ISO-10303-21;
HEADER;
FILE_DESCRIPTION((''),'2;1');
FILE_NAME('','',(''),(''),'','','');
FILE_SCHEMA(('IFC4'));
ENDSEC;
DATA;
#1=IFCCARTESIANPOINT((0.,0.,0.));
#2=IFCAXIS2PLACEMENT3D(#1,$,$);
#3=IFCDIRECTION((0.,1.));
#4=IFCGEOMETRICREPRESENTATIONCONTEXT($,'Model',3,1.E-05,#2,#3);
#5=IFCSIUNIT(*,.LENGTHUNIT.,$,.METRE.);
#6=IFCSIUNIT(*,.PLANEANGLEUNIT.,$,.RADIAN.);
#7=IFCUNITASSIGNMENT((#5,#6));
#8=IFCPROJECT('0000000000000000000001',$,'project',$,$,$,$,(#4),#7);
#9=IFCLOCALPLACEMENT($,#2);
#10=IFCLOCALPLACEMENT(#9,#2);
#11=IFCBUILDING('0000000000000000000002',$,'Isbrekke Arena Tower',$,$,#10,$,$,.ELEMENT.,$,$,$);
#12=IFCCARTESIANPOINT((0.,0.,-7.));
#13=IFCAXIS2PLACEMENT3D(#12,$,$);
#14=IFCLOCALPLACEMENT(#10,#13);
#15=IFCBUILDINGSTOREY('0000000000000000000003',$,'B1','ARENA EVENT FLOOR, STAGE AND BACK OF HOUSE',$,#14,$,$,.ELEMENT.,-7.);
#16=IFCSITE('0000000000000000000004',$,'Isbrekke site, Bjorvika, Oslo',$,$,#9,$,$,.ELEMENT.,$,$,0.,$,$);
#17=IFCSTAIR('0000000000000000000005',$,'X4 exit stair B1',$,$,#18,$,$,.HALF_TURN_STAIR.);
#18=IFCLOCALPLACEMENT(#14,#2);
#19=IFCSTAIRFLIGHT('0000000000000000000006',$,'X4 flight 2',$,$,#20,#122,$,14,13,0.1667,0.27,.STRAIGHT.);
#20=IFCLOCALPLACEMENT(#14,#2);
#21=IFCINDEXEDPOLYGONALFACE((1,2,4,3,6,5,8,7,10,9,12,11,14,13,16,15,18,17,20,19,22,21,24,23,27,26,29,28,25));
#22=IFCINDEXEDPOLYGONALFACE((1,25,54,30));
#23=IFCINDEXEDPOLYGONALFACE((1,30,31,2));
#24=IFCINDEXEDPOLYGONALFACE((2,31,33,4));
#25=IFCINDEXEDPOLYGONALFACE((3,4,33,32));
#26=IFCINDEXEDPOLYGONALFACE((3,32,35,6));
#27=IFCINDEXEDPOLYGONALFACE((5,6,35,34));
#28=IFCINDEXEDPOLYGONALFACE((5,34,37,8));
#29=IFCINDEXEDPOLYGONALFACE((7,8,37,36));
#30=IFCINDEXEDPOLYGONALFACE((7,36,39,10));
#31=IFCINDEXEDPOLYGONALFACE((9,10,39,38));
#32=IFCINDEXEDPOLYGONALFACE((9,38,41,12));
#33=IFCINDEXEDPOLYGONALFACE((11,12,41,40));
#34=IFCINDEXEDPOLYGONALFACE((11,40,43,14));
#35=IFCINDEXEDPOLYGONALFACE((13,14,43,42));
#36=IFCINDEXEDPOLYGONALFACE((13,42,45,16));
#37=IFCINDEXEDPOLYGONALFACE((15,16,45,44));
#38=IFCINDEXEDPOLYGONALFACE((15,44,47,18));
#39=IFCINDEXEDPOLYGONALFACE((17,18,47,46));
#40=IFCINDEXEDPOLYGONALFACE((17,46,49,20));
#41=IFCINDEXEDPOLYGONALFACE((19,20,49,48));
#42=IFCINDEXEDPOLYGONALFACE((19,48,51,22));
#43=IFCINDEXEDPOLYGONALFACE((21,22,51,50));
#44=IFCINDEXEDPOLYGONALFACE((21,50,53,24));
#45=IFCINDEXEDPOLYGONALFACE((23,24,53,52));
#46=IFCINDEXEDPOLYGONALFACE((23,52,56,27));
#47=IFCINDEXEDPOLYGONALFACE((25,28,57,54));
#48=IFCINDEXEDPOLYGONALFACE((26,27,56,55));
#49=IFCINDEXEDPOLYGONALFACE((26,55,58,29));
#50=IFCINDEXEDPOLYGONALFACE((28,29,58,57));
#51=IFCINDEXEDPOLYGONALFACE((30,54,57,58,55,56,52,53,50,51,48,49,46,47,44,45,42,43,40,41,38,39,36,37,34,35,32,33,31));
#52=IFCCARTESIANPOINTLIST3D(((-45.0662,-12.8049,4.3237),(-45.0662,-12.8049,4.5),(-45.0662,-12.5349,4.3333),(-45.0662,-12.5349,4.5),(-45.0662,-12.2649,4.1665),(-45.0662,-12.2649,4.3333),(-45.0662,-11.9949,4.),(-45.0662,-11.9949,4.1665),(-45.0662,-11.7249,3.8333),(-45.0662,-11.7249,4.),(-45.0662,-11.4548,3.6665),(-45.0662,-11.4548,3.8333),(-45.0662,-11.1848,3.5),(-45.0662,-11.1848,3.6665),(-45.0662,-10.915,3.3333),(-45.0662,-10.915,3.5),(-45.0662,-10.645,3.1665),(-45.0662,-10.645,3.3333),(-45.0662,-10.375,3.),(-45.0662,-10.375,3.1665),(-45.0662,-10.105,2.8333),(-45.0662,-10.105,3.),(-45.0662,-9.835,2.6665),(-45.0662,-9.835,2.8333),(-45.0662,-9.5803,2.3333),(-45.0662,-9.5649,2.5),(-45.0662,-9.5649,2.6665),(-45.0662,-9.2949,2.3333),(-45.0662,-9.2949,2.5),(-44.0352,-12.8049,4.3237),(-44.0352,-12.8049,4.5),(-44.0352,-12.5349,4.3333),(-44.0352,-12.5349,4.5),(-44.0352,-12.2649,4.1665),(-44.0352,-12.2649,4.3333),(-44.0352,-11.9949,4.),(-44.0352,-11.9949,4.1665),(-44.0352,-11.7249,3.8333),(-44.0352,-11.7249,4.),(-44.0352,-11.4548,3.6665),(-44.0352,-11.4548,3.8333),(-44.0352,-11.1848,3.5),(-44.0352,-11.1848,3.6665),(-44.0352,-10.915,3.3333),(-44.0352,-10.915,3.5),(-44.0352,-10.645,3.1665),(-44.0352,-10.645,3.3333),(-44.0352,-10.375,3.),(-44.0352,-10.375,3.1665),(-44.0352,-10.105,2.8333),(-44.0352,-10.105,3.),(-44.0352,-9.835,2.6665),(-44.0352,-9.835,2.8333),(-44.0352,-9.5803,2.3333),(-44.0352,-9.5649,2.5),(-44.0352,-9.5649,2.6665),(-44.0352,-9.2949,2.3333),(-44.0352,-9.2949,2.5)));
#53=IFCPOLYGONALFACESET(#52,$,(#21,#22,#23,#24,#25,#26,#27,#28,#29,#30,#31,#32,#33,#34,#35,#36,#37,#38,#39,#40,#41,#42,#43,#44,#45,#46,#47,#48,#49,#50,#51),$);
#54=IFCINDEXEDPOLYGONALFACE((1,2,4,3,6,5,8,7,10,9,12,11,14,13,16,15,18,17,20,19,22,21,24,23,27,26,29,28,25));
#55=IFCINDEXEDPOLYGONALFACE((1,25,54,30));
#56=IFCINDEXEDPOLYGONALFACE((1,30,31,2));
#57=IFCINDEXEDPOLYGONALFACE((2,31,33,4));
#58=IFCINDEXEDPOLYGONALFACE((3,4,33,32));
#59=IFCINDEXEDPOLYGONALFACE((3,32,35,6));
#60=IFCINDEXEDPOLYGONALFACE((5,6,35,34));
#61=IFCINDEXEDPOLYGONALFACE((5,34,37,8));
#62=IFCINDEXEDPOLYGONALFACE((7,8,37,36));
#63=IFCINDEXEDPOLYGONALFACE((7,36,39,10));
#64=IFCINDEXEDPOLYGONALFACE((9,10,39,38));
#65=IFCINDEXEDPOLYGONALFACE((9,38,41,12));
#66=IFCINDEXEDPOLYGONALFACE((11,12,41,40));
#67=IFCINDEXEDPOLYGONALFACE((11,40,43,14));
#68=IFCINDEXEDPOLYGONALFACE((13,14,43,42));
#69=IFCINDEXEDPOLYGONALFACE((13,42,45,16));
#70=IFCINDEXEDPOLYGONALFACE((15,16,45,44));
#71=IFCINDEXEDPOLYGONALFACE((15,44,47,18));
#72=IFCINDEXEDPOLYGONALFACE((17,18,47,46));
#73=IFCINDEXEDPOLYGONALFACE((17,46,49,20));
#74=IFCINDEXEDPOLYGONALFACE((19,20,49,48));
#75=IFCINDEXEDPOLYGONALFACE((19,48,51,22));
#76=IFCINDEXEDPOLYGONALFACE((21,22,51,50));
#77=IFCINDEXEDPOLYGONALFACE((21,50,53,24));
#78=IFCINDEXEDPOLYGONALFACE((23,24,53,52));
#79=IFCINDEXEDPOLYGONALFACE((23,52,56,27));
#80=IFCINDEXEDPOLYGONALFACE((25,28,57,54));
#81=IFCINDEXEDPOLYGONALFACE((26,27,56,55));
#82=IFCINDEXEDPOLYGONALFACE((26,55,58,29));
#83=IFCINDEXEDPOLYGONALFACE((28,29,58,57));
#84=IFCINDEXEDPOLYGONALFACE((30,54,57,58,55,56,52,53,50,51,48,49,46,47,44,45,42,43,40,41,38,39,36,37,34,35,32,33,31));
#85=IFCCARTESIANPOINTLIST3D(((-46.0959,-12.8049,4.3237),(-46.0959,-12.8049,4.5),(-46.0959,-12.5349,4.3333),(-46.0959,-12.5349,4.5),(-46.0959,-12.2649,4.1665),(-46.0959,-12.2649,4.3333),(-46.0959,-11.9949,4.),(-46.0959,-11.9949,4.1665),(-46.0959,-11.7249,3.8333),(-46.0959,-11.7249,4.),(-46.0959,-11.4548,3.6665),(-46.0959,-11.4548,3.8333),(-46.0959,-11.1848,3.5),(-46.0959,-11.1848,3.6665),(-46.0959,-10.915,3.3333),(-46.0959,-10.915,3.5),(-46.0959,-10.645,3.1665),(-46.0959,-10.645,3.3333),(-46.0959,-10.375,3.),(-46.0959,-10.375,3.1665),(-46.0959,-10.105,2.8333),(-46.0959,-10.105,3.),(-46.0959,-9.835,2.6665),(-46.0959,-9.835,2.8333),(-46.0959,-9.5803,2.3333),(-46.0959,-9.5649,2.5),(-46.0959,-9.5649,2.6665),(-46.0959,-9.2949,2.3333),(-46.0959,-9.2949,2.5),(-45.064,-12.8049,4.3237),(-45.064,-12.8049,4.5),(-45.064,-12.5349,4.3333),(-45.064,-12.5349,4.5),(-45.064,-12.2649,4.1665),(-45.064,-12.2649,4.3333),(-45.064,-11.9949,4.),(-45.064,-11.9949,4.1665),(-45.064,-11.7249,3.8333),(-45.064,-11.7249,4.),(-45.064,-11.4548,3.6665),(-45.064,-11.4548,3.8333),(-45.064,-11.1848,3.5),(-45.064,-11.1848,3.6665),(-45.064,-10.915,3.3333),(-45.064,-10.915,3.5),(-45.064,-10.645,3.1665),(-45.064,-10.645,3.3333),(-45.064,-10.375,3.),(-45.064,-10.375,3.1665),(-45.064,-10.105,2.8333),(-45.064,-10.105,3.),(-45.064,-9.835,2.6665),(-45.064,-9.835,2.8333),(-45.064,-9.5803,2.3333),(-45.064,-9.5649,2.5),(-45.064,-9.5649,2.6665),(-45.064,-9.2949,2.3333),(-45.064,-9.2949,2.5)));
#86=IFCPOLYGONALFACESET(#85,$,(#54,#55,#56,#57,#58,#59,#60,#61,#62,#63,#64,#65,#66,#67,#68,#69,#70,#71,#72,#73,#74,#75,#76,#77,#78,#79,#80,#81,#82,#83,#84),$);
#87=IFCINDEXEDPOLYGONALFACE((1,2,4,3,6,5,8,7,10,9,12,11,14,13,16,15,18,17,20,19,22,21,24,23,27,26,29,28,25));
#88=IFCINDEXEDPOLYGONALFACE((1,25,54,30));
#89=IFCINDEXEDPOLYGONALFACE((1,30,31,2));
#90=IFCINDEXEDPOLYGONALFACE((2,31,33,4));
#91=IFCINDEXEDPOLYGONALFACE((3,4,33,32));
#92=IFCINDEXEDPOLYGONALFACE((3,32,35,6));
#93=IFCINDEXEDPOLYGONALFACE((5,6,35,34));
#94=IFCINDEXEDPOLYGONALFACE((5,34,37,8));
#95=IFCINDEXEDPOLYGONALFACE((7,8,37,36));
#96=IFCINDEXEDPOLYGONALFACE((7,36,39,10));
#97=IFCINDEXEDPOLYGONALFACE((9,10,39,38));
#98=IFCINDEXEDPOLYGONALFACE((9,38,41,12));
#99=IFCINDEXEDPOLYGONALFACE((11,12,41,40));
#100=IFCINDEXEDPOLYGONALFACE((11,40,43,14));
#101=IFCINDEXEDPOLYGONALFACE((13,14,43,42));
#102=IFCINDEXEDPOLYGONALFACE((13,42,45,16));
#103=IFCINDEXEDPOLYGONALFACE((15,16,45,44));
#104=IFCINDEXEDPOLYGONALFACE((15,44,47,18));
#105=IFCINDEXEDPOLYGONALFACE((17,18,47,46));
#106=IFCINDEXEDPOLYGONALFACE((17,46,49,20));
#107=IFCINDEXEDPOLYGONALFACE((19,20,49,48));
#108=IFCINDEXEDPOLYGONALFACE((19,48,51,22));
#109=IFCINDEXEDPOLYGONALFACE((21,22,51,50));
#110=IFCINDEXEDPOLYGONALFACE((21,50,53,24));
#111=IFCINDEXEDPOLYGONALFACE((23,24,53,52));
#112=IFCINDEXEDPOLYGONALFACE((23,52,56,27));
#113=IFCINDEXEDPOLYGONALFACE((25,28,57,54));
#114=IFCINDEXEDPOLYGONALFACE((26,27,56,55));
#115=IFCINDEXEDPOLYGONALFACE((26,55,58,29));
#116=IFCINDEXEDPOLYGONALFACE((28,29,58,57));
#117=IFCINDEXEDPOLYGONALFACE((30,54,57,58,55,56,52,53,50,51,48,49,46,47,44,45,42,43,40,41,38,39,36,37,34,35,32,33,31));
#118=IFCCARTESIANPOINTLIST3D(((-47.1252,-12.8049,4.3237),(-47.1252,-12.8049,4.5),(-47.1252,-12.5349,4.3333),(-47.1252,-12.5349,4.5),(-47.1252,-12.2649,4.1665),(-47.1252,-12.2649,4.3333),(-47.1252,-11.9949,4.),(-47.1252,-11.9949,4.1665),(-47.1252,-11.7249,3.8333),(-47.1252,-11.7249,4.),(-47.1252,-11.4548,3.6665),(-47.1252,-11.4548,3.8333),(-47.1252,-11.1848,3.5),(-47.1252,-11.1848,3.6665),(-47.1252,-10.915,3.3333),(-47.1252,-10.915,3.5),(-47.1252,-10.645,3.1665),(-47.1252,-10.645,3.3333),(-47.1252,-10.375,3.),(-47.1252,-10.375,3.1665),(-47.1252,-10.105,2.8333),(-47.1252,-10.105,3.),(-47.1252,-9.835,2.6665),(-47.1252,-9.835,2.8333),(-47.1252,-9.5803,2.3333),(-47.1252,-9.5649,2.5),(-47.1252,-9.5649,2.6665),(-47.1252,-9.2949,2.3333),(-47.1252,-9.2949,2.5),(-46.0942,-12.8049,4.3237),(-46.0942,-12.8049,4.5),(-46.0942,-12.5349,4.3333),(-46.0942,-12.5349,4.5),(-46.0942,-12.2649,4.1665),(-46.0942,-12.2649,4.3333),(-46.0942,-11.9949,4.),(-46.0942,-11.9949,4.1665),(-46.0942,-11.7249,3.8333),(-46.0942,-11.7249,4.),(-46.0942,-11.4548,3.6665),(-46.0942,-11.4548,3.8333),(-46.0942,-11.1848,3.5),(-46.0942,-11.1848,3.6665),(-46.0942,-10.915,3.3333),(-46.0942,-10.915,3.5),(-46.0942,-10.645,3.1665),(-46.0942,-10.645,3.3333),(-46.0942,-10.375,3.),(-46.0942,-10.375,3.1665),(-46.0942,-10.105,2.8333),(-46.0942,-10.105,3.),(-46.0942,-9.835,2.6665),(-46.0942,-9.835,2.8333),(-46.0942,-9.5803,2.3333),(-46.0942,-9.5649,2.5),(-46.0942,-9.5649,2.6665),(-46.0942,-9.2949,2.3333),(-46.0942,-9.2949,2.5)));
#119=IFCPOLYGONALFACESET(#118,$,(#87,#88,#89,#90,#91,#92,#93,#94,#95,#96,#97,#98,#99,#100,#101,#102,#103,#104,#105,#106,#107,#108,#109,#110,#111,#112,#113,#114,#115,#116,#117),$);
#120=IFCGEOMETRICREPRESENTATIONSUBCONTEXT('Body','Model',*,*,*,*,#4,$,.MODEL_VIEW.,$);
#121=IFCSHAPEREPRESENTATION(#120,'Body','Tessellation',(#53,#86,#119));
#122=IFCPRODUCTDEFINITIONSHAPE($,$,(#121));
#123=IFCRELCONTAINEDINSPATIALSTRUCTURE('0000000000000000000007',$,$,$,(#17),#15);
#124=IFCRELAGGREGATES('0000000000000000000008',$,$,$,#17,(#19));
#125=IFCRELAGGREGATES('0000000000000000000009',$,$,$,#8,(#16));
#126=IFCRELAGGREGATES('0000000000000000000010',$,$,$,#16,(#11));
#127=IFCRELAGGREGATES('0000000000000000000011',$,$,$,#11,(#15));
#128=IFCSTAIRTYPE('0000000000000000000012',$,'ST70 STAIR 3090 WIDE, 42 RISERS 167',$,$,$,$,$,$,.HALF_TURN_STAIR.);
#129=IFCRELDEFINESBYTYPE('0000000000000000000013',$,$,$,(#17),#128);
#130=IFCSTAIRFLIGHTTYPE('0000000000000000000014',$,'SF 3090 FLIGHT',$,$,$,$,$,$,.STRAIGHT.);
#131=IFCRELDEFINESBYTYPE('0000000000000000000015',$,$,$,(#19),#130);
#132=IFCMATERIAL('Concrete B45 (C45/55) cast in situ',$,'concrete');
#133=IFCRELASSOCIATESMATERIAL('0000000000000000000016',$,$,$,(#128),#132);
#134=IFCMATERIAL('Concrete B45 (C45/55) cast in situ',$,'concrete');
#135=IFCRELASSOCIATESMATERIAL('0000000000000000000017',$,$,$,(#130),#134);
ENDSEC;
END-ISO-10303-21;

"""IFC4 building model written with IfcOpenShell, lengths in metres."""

from ifc_helpers import new_model, si_unit, direction, frame, origin, place, context, subcontext, project, spatial, polyline, outline, extrude, material, type_object, element, aggregate, save


model = new_model("IFC4")

# Units and contexts
model_context = context("Model", 3, precision=1e-05, world=origin(), true_north=direction((0.0, 1.0)))
body_context = subcontext(model_context, "Body", "Model", "MODEL_VIEW")
ifc_project = project(units=[si_unit("LENGTHUNIT", "METRE"), si_unit("PLANEANGLEUNIT", "RADIAN")], contexts=[model_context])

# Site, building, storey
site_placement = place(None, origin())
site = spatial("IfcSite", under=ifc_project, at=site_placement, Name="Isbrekke site, Bjorvika, Oslo", CompositionType="ELEMENT", RefElevation=0.0)
building_placement = place(site_placement, origin())
building = spatial("IfcBuilding", under=site, at=building_placement, Name="Isbrekke Arena Tower", CompositionType="ELEMENT")
storey_placement = place(building_placement, frame((0.0, 0.0, -7.0)))
storey = spatial("IfcBuildingStorey", under=building, at=storey_placement, Name="B1", Description="ARENA EVENT FLOOR, STAGE AND BACK OF HOUSE", CompositionType="ELEMENT", Elevation=-7.0)

# Stair, stair flight
ifc_material_1 = material(Name="Concrete B45 (C45/55) cast in situ", Category="concrete")
stair_type = type_object("IfcStairType", Name="ST70 STAIR 3090 WIDE, 42 RISERS 167", PredefinedType="HALF_TURN_STAIR", material=ifc_material_1)
ifc_material_2 = material(Name="Concrete B45 (C45/55) cast in situ", Category="concrete")
stair_flight_type = type_object("IfcStairFlightType", Name="SF 3090 FLIGHT", PredefinedType="STRAIGHT", material=ifc_material_2)
stair_1_placement = place(storey_placement, origin())
stair_1 = element("IfcStair", 1, at=stair_1_placement, inside=storey, type_object=stair_type, Name="X4 exit stair B1", PredefinedType="HALF_TURN_STAIR")
stair_flight_1_placement = place(storey_placement, frame((-45.5801, -9.2949, 2.3333), z_axis=(0.0, 0.0, 1.0), x_axis=(0.0, -1.0, 0.0)))
stair_flight_1 = element("IfcStairFlight", 2, at=stair_flight_1_placement, type_object=stair_flight_type, Name="X4 flight 2", NumberOfRisers=14, NumberOfTreads=13, PredefinedType="STRAIGHT", RiserHeight=0.1667, TreadLength=0.27, context=body_context, shape_type="SweptSolid", body=[
    extrude(outline(polyline([(0.0, 0.0), (0.0, 0.1667), (0.27, 0.1667), (0.27, 0.3333), (0.54, 0.3333), (0.54, 0.5), (0.8101, 0.5), (0.8101, 0.6667), (1.0801, 0.6667), (1.0801, 0.8333), (1.3501, 0.8333), (1.3501, 1.0), (1.6201, 1.0), (1.6201, 1.1667), (1.8899, 1.1667), (1.8899, 1.3333), (2.1599, 1.3333), (2.1599, 1.5), (2.4299, 1.5), (2.4299, 1.6667), (2.7, 1.6667), (2.7, 1.8333), (2.97, 1.8333), (2.97, 2.0), (3.24, 2.0), (3.24, 2.1667), (3.51, 2.1667), (3.51, 2.3333), (3.51, 1.9905), (0.2854, 0.0), (0.0, 0.0)])), frame((0.0, 1.5449, 0.0), z_axis=(0.0, -1.0, 0.0), x_axis=(1.0, 0.0, 0.0)), (0.0, 0.0, 1.0), 1.031),
    extrude(outline(polyline([(0.0, 0.0), (0.0, 0.1667), (0.27, 0.1667), (0.27, 0.3333), (0.54, 0.3333), (0.54, 0.5), (0.8101, 0.5), (0.8101, 0.6667), (1.0801, 0.6667), (1.0801, 0.8333), (1.3501, 0.8333), (1.3501, 1.0), (1.6201, 1.0), (1.6201, 1.1667), (1.8899, 1.1667), (1.8899, 1.3333), (2.1599, 1.3333), (2.1599, 1.5), (2.4299, 1.5), (2.4299, 1.6667), (2.7, 1.6667), (2.7, 1.8333), (2.97, 1.8333), (2.97, 2.0), (3.24, 2.0), (3.24, 2.1667), (3.51, 2.1667), (3.51, 2.3333), (3.51, 1.9905), (0.2854, 0.0), (0.0, 0.0)])), frame((0.0, 0.5161, 0.0), z_axis=(0.0, -1.0, 0.0), x_axis=(1.0, 0.0, 0.0)), (0.0, 0.0, 1.0), 1.032),
    extrude(outline(polyline([(0.0, 0.0), (0.0, 0.1667), (0.27, 0.1667), (0.27, 0.3333), (0.54, 0.3333), (0.54, 0.5), (0.8101, 0.5), (0.8101, 0.6667), (1.0801, 0.6667), (1.0801, 0.8333), (1.3501, 0.8333), (1.3501, 1.0), (1.6201, 1.0), (1.6201, 1.1667), (1.8899, 1.1667), (1.8899, 1.3333), (2.1599, 1.3333), (2.1599, 1.5), (2.4299, 1.5), (2.4299, 1.6667), (2.7, 1.6667), (2.7, 1.8333), (2.97, 1.8333), (2.97, 2.0), (3.24, 2.0), (3.24, 2.1667), (3.51, 2.1667), (3.51, 2.3333), (3.51, 1.9905), (0.2854, 0.0), (0.0, 0.0)])), frame((0.0, -0.5142, 0.0), z_axis=(0.0, -1.0, 0.0), x_axis=(1.0, 0.0, 0.0)), (0.0, 0.0, 1.0), 1.031),
])
aggregate(stair_1, [stair_flight_1])

save(model, "model.ifc")
